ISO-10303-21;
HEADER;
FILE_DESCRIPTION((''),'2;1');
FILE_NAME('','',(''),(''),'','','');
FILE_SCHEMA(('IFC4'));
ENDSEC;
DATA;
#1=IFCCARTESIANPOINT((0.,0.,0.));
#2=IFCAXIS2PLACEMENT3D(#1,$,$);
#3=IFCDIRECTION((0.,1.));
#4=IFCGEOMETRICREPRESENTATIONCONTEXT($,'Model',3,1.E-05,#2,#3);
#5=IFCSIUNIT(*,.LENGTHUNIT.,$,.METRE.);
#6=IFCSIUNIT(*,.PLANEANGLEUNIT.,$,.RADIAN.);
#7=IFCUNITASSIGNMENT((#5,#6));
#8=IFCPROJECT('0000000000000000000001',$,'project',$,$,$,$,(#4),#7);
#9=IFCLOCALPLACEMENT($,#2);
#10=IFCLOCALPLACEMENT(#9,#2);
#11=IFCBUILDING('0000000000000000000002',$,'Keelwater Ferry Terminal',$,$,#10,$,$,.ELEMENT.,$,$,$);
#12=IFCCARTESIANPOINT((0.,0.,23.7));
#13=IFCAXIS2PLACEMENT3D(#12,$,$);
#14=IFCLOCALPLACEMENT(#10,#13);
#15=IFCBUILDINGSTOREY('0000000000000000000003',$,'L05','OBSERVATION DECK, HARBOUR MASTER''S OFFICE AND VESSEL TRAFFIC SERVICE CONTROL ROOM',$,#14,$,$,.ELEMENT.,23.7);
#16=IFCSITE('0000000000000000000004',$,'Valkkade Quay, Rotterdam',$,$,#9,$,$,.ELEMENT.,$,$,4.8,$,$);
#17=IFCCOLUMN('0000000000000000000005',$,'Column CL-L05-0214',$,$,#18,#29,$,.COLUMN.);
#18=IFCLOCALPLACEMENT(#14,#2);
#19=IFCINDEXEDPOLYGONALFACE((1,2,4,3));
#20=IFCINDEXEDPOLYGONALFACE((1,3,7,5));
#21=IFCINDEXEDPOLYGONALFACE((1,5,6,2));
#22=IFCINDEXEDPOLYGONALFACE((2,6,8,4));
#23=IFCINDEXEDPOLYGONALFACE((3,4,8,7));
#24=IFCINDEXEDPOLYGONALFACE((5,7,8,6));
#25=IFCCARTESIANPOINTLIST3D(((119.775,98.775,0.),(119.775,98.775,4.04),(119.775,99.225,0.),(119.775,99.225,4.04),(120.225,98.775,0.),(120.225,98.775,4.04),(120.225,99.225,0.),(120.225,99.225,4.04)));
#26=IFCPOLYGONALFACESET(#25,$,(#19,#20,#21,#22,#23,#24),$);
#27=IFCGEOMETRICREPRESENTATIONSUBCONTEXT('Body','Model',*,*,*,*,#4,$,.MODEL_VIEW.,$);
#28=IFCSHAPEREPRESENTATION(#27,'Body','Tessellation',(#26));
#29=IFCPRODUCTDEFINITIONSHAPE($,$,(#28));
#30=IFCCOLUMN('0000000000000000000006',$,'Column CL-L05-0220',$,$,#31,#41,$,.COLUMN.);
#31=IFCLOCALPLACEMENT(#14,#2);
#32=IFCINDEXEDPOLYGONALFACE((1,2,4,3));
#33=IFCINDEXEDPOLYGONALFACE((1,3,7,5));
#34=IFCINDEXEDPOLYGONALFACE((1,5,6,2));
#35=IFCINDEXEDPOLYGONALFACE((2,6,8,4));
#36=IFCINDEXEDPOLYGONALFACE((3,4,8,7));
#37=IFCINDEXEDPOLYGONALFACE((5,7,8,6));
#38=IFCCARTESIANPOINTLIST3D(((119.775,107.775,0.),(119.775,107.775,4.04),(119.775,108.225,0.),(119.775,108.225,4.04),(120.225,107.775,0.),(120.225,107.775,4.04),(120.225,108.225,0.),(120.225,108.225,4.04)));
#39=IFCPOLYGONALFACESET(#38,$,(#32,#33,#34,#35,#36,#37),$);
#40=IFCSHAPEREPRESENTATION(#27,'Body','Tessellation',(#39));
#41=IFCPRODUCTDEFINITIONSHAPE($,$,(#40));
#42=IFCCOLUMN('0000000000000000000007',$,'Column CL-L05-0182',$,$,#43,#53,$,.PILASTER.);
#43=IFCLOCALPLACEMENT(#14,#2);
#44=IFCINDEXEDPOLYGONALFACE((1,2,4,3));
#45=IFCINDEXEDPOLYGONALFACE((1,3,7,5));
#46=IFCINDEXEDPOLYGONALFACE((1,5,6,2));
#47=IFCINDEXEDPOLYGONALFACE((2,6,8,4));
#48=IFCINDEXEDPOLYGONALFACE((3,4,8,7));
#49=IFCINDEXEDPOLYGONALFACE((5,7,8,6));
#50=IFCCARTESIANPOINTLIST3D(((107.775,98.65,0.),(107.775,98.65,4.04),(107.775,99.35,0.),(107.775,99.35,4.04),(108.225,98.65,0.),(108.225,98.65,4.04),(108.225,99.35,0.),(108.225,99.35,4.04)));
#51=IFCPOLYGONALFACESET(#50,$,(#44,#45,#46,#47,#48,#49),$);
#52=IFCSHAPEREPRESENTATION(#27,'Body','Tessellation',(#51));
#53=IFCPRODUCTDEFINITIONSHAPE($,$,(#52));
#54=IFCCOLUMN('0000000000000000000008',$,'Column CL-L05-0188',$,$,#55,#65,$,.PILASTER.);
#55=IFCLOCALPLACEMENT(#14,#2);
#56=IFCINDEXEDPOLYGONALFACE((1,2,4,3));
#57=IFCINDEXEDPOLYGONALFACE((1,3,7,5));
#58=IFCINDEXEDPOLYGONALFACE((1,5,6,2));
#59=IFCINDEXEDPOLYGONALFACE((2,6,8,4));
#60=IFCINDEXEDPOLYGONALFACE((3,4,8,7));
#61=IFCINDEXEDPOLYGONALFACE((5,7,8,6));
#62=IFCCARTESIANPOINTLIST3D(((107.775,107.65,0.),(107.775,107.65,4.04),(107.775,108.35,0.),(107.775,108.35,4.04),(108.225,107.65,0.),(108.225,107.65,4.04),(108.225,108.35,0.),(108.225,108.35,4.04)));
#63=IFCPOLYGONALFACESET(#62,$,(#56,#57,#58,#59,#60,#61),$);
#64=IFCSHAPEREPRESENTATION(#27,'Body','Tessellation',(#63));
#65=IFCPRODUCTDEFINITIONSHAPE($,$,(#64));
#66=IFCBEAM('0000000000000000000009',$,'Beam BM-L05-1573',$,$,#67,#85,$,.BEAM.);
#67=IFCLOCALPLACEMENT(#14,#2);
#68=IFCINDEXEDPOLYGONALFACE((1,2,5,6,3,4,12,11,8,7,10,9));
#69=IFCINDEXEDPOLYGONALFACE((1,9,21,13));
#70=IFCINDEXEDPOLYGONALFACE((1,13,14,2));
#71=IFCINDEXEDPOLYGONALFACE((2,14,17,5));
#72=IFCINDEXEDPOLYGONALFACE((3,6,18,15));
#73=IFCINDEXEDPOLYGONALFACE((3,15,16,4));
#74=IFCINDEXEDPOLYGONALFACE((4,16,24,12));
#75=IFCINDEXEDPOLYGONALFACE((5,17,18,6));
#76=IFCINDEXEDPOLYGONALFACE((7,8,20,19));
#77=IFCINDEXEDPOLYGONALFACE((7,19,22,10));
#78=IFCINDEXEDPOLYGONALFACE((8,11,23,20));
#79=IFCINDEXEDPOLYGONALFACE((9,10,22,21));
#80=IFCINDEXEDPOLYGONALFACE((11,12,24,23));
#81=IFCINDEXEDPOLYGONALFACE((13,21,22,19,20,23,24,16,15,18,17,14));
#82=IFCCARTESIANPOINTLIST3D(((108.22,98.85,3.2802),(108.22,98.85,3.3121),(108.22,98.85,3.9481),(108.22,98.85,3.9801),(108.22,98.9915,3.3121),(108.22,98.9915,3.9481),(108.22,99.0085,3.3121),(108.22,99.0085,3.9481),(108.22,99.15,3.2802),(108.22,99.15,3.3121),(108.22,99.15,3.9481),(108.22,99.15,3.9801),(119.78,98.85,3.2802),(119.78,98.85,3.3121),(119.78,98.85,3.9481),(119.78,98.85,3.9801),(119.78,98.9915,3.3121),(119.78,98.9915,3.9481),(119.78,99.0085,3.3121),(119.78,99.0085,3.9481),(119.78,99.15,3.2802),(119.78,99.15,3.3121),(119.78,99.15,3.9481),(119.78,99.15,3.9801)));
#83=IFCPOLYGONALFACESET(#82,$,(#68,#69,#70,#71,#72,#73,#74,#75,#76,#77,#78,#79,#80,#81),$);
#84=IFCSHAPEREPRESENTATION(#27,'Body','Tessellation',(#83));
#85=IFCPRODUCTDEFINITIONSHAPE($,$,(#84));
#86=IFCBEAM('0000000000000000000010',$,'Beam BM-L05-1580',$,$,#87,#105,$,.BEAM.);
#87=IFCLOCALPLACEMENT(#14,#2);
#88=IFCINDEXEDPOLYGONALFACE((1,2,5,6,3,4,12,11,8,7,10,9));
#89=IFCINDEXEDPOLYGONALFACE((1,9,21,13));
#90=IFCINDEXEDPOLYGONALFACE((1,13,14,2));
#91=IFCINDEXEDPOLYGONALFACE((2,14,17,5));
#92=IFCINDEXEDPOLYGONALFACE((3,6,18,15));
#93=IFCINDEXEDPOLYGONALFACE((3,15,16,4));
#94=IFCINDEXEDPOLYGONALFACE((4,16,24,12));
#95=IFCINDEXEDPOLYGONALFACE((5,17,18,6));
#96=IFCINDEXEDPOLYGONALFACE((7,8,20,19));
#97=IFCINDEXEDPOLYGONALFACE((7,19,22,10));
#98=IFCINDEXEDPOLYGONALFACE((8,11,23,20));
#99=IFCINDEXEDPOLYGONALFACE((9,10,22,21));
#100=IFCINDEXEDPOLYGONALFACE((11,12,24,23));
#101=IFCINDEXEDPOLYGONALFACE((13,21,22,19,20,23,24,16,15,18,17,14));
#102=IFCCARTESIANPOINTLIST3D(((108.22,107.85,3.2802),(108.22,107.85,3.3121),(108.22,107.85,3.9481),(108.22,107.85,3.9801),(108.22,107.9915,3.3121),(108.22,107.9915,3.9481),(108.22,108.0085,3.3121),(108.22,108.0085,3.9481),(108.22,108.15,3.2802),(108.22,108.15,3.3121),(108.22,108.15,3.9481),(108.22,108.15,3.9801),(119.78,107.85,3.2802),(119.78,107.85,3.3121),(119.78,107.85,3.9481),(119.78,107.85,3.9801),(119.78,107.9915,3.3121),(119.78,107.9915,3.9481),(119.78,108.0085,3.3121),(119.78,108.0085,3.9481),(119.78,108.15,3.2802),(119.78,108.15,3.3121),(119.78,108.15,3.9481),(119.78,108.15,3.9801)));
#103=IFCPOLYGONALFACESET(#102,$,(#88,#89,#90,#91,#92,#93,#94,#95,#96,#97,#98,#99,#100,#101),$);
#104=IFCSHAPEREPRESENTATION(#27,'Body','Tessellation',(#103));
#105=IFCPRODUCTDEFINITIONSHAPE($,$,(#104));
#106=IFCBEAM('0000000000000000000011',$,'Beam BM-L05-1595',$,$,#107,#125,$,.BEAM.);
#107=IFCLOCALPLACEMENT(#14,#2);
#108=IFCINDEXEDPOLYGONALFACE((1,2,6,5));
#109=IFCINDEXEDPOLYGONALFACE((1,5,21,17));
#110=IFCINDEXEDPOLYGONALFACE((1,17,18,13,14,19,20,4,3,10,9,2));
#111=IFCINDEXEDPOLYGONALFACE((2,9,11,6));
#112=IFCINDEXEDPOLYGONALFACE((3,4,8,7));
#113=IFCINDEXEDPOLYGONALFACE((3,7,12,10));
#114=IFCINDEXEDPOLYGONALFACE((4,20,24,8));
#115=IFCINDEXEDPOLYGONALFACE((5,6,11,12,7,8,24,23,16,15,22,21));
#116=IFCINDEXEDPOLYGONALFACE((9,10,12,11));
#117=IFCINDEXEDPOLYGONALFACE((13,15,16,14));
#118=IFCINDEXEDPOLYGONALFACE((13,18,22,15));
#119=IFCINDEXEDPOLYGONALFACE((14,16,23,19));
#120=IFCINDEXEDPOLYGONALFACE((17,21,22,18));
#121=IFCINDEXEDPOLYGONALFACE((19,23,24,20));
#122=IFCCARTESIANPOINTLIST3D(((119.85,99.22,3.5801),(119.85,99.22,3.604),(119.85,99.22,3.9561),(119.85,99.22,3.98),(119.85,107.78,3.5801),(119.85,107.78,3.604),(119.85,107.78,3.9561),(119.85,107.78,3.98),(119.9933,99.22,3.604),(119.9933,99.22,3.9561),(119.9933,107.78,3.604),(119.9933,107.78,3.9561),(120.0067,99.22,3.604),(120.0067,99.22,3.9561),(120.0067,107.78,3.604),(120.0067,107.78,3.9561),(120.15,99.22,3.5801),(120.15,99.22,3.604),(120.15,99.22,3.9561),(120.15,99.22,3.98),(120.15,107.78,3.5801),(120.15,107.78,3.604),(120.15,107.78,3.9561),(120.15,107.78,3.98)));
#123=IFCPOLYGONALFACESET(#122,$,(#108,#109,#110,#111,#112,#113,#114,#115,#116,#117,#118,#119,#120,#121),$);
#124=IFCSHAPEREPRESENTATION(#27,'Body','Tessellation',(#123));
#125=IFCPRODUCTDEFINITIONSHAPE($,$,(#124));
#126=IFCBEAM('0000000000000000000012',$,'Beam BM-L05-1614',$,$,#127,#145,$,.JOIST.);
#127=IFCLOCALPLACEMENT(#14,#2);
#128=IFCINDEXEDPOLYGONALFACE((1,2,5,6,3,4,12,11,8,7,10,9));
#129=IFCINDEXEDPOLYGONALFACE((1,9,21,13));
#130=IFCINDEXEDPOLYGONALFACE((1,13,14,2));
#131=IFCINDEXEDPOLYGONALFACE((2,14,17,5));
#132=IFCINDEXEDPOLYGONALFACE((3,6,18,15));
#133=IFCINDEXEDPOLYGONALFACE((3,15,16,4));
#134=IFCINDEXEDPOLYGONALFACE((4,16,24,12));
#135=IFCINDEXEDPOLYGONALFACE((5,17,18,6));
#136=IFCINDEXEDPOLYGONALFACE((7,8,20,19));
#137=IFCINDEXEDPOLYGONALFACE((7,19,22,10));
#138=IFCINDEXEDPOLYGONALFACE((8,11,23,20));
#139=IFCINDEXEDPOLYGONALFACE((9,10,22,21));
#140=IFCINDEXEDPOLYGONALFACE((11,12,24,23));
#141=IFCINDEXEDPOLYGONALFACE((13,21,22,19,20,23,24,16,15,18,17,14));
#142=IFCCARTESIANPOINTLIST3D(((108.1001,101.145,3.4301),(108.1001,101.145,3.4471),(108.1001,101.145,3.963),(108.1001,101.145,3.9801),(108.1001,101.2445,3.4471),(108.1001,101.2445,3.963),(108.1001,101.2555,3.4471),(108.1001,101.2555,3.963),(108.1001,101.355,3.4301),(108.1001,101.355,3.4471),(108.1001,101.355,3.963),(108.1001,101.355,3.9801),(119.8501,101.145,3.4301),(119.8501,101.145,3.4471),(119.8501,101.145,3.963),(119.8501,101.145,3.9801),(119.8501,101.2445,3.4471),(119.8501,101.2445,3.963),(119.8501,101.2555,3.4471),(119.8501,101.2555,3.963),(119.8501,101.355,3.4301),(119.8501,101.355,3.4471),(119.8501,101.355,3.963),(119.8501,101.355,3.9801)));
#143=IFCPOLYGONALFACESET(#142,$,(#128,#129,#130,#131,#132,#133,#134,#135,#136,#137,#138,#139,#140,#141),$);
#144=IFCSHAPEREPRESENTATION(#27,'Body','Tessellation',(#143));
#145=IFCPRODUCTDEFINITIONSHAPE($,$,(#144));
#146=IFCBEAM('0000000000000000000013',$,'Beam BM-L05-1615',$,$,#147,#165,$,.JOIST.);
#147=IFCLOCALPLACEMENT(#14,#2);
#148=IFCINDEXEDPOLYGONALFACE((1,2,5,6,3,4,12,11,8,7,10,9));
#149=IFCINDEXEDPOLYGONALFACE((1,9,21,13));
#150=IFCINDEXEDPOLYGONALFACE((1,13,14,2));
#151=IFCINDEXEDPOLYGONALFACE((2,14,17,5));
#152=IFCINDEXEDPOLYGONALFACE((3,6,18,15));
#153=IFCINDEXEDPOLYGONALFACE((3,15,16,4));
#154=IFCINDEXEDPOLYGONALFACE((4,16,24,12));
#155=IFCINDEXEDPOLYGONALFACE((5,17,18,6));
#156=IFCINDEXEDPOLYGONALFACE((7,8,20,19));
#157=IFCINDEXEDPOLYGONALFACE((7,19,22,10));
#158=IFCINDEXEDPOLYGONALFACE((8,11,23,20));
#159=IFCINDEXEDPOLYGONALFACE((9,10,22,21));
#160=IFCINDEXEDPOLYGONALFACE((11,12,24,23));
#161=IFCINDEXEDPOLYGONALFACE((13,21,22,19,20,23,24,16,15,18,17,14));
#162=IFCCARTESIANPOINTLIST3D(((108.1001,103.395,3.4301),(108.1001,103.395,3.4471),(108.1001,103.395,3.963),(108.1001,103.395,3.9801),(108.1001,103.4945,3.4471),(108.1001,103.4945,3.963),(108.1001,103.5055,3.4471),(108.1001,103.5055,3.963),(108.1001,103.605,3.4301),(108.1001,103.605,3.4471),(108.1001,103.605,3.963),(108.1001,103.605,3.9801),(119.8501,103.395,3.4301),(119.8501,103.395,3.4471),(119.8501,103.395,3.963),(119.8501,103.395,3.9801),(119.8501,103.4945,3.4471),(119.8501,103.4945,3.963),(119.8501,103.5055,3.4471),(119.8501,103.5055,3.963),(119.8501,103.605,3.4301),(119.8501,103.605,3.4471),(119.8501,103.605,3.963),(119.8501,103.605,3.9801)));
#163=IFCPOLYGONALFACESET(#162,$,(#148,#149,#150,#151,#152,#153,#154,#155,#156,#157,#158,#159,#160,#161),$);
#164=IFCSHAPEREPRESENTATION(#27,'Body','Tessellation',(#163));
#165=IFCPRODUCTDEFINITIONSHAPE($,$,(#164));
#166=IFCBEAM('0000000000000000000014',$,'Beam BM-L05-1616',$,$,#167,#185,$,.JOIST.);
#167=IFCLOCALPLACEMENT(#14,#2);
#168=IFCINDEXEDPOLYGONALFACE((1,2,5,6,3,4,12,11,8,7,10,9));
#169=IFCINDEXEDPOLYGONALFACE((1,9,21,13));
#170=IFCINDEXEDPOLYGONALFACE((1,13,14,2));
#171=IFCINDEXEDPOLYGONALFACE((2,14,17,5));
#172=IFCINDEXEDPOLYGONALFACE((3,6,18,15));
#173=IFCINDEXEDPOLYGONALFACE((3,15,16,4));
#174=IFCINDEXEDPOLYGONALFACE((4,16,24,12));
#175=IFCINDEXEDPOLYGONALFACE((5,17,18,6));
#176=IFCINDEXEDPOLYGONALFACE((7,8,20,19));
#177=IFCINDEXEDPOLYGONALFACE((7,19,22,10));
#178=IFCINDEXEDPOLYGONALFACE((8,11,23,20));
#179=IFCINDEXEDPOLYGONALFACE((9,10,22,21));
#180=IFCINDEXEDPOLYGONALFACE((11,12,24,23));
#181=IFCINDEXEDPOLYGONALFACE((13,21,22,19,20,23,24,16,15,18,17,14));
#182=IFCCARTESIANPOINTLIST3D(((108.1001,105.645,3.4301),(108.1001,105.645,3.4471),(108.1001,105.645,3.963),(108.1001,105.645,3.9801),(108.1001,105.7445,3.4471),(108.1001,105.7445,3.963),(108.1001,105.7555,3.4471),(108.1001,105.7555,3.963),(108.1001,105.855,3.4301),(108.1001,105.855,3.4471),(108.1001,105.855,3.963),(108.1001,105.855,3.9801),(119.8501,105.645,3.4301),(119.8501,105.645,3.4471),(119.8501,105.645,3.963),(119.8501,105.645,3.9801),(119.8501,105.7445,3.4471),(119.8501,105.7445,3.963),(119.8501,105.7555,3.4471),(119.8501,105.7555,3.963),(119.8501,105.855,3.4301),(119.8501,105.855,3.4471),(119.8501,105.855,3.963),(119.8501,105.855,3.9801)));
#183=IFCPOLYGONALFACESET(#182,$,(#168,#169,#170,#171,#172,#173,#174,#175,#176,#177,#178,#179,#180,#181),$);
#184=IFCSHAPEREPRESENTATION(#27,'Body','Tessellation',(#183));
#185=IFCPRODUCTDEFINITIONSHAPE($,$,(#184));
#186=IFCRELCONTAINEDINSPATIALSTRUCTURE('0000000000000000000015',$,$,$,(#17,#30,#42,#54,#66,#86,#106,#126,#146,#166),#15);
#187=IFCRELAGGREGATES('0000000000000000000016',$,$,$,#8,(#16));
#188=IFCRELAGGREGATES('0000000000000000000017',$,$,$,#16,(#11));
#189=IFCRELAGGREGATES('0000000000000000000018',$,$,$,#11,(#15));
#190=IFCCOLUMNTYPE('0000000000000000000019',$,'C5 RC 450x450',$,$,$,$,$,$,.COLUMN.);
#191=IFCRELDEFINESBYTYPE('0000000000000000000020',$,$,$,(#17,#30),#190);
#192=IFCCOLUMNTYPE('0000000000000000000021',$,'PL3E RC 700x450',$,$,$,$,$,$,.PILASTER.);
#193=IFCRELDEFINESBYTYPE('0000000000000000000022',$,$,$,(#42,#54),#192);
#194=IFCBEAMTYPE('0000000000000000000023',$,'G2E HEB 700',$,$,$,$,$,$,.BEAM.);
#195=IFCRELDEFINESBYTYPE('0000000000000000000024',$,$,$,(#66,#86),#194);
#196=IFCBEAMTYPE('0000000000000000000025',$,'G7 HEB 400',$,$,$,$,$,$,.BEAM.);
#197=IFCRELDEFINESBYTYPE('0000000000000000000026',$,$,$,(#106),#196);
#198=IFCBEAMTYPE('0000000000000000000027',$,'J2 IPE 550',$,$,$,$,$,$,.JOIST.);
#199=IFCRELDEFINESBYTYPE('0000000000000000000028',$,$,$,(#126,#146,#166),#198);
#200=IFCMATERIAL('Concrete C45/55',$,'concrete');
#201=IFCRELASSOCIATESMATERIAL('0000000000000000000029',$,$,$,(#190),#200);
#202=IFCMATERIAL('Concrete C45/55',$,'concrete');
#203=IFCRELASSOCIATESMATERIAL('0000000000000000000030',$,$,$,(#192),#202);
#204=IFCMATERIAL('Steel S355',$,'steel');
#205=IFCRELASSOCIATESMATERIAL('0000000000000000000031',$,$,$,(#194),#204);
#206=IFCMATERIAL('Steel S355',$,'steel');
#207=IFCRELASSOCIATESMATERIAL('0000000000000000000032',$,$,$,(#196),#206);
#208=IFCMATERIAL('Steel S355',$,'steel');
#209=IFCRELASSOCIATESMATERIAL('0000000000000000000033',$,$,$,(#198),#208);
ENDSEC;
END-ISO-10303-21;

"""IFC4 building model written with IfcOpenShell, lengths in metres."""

from ifc_helpers import new_model, si_unit, direction, frame, origin, origin_2d, place, context, subcontext, project, spatial, rectangle, i_section, extrude, material, material_profile, profile_set, type_object, element, save


model = new_model("IFC4")

# Units and contexts
model_context = context("Model", 3, precision=1e-05, world=origin(), true_north=direction((0.0, 1.0)))
body_context = subcontext(model_context, "Body", "Model", "MODEL_VIEW")
ifc_project = project(units=[si_unit("LENGTHUNIT", "METRE"), si_unit("PLANEANGLEUNIT", "RADIAN")], contexts=[model_context])

# Site, building, storey
site_placement = place(None, origin())
site = spatial("IfcSite", under=ifc_project, at=site_placement, Name="Valkkade Quay, Rotterdam", CompositionType="ELEMENT", RefElevation=4.8)
building_placement = place(site_placement, origin())
building = spatial("IfcBuilding", under=site, at=building_placement, Name="Keelwater Ferry Terminal", CompositionType="ELEMENT")
storey_placement = place(building_placement, frame((0.0, 0.0, 23.7)))
storey = spatial("IfcBuildingStorey", under=building, at=storey_placement, Name="L05", Description="OBSERVATION DECK, HARBOUR MASTER'S OFFICE AND VESSEL TRAFFIC SERVICE CONTROL ROOM", CompositionType="ELEMENT", Elevation=23.7)

# Columns
ifc_material_1 = material(Name="Concrete C45/55", Category="concrete")
ifc_material_profile_1 = material_profile(ifc_material_1, rectangle(XDim=0.45, YDim=0.45, at=origin_2d()), Name="RC 450x450")
ifc_profile_set_1 = profile_set([ifc_material_profile_1], Name="Concrete C45/55")
column_type_1 = type_object("IfcColumnType", Name="C5 RC 450x450", PredefinedType="COLUMN", material=ifc_profile_set_1)
for number, where, z_axis, x_axis, name in (
    (1, (120.0, 99.0, 0.0), (0.0, 0.0, 1.0), (1.0, 0.0, 0.0), "Column CL-L05-0214"),
    (2, (120.0, 108.0, 0.0), (0.0, 0.0, 1.0), (1.0, 0.0, 0.0), "Column CL-L05-0220"),
):
    element("IfcColumn", number, at=place(storey_placement, frame(where, z_axis=z_axis, x_axis=x_axis)), inside=storey, type_object=column_type_1, Name=name, PredefinedType="COLUMN", context=body_context, shape_type="SweptSolid", body=[
        extrude(rectangle(XDim=0.45, YDim=0.45, at=origin_2d()), origin(), (0.0, 0.0, 1.0), 4.04),
    ])
ifc_material_2 = material(Name="Concrete C45/55", Category="concrete")
ifc_material_profile_2 = material_profile(ifc_material_2, rectangle(XDim=0.45, YDim=0.7, at=origin_2d()), Name="RC 700x450")
ifc_profile_set_2 = profile_set([ifc_material_profile_2], Name="Concrete C45/55")
column_type_2 = type_object("IfcColumnType", Name="PL3E RC 700x450", PredefinedType="PILASTER", material=ifc_profile_set_2)
for number, where, z_axis, x_axis, name in (
    (3, (108.0, 99.0, 0.0), (0.0, 0.0, 1.0), (1.0, 0.0, 0.0), "Column CL-L05-0182"),
    (4, (108.0, 108.0, 0.0), (0.0, 0.0, 1.0), (1.0, 0.0, 0.0), "Column CL-L05-0188"),
):
    element("IfcColumn", number, at=place(storey_placement, frame(where, z_axis=z_axis, x_axis=x_axis)), inside=storey, type_object=column_type_2, Name=name, PredefinedType="PILASTER", context=body_context, shape_type="SweptSolid", body=[
        extrude(rectangle(XDim=0.45, YDim=0.7, at=origin_2d()), origin(), (0.0, 0.0, 1.0), 4.04),
    ])

# Beams
ifc_material_3 = material(Name="Steel S355", Category="steel")
ifc_material_profile_3 = material_profile(ifc_material_3, i_section(OverallWidth=0.3, OverallDepth=0.7, WebThickness=0.0171, FlangeThickness=0.032, at=origin_2d()), Name="HEB 700")
ifc_profile_set_3 = profile_set([ifc_material_profile_3], Name="Steel S355")
beam_type_1 = type_object("IfcBeamType", Name="G2E HEB 700", PredefinedType="BEAM", material=ifc_profile_set_3)
for number, where, z_axis, x_axis, name in (
    (5, (108.22, 99.0, 3.6301), (1.0, 0.0, 0.0), (0.0, 1.0, 0.0), "Beam BM-L05-1573"),
    (6, (108.22, 108.0, 3.6301), (1.0, 0.0, 0.0), (0.0, 1.0, 0.0), "Beam BM-L05-1580"),
):
    element("IfcBeam", number, at=place(storey_placement, frame(where, z_axis=z_axis, x_axis=x_axis)), inside=storey, type_object=beam_type_1, Name=name, PredefinedType="BEAM", context=body_context, shape_type="SweptSolid", body=[
        extrude(i_section(OverallWidth=0.3, OverallDepth=0.7, WebThickness=0.0171, FlangeThickness=0.032, at=origin_2d()), origin(), (0.0, 0.0, 1.0), 11.5601),
    ])
ifc_material_4 = material(Name="Steel S355", Category="steel")
ifc_material_profile_4 = material_profile(ifc_material_4, i_section(OverallWidth=0.3, OverallDepth=0.3999, WebThickness=0.0134, FlangeThickness=0.0239, at=origin_2d()), Name="HEB 400")
ifc_profile_set_4 = profile_set([ifc_material_profile_4], Name="Steel S355")
beam_type_2 = type_object("IfcBeamType", Name="G7 HEB 400", PredefinedType="BEAM", material=ifc_profile_set_4)
beam_1_placement = place(storey_placement, frame((120.0, 99.22, 3.78), z_axis=(0.0, 1.0, 0.0), x_axis=(-1.0, 0.0, 0.0)))
element("IfcBeam", 7, at=beam_1_placement, inside=storey, type_object=beam_type_2, Name="Beam BM-L05-1595", PredefinedType="BEAM", context=body_context, shape_type="SweptSolid", body=[
    extrude(i_section(OverallWidth=0.3, OverallDepth=0.3999, WebThickness=0.0134, FlangeThickness=0.0239, at=origin_2d()), origin(), (0.0, 0.0, 1.0), 8.5601),
])
ifc_material_5 = material(Name="Steel S355", Category="steel")
ifc_material_profile_5 = material_profile(ifc_material_5, i_section(OverallWidth=0.21, OverallDepth=0.55, WebThickness=0.011, FlangeThickness=0.0171, at=origin_2d()), Name="IPE 550")
ifc_profile_set_5 = profile_set([ifc_material_profile_5], Name="Steel S355")
beam_type_3 = type_object("IfcBeamType", Name="J2 IPE 550", PredefinedType="JOIST", material=ifc_profile_set_5)
for number, where, z_axis, x_axis, name in (
    (8, (108.1001, 101.25, 3.7051), (1.0, 0.0, 0.0), (0.0, 1.0, 0.0), "Beam BM-L05-1614"),
    (9, (108.1001, 103.5, 3.7051), (1.0, 0.0, 0.0), (0.0, 1.0, 0.0), "Beam BM-L05-1615"),
    (10, (108.1001, 105.75, 3.7051), (1.0, 0.0, 0.0), (0.0, 1.0, 0.0), "Beam BM-L05-1616"),
):
    element("IfcBeam", number, at=place(storey_placement, frame(where, z_axis=z_axis, x_axis=x_axis)), inside=storey, type_object=beam_type_3, Name=name, PredefinedType="JOIST", context=body_context, shape_type="SweptSolid", body=[
        extrude(i_section(OverallWidth=0.21, OverallDepth=0.55, WebThickness=0.011, FlangeThickness=0.0171, at=origin_2d()), origin(), (0.0, 0.0, 1.0), 11.75),
    ])

save(model, "model.ifc")
